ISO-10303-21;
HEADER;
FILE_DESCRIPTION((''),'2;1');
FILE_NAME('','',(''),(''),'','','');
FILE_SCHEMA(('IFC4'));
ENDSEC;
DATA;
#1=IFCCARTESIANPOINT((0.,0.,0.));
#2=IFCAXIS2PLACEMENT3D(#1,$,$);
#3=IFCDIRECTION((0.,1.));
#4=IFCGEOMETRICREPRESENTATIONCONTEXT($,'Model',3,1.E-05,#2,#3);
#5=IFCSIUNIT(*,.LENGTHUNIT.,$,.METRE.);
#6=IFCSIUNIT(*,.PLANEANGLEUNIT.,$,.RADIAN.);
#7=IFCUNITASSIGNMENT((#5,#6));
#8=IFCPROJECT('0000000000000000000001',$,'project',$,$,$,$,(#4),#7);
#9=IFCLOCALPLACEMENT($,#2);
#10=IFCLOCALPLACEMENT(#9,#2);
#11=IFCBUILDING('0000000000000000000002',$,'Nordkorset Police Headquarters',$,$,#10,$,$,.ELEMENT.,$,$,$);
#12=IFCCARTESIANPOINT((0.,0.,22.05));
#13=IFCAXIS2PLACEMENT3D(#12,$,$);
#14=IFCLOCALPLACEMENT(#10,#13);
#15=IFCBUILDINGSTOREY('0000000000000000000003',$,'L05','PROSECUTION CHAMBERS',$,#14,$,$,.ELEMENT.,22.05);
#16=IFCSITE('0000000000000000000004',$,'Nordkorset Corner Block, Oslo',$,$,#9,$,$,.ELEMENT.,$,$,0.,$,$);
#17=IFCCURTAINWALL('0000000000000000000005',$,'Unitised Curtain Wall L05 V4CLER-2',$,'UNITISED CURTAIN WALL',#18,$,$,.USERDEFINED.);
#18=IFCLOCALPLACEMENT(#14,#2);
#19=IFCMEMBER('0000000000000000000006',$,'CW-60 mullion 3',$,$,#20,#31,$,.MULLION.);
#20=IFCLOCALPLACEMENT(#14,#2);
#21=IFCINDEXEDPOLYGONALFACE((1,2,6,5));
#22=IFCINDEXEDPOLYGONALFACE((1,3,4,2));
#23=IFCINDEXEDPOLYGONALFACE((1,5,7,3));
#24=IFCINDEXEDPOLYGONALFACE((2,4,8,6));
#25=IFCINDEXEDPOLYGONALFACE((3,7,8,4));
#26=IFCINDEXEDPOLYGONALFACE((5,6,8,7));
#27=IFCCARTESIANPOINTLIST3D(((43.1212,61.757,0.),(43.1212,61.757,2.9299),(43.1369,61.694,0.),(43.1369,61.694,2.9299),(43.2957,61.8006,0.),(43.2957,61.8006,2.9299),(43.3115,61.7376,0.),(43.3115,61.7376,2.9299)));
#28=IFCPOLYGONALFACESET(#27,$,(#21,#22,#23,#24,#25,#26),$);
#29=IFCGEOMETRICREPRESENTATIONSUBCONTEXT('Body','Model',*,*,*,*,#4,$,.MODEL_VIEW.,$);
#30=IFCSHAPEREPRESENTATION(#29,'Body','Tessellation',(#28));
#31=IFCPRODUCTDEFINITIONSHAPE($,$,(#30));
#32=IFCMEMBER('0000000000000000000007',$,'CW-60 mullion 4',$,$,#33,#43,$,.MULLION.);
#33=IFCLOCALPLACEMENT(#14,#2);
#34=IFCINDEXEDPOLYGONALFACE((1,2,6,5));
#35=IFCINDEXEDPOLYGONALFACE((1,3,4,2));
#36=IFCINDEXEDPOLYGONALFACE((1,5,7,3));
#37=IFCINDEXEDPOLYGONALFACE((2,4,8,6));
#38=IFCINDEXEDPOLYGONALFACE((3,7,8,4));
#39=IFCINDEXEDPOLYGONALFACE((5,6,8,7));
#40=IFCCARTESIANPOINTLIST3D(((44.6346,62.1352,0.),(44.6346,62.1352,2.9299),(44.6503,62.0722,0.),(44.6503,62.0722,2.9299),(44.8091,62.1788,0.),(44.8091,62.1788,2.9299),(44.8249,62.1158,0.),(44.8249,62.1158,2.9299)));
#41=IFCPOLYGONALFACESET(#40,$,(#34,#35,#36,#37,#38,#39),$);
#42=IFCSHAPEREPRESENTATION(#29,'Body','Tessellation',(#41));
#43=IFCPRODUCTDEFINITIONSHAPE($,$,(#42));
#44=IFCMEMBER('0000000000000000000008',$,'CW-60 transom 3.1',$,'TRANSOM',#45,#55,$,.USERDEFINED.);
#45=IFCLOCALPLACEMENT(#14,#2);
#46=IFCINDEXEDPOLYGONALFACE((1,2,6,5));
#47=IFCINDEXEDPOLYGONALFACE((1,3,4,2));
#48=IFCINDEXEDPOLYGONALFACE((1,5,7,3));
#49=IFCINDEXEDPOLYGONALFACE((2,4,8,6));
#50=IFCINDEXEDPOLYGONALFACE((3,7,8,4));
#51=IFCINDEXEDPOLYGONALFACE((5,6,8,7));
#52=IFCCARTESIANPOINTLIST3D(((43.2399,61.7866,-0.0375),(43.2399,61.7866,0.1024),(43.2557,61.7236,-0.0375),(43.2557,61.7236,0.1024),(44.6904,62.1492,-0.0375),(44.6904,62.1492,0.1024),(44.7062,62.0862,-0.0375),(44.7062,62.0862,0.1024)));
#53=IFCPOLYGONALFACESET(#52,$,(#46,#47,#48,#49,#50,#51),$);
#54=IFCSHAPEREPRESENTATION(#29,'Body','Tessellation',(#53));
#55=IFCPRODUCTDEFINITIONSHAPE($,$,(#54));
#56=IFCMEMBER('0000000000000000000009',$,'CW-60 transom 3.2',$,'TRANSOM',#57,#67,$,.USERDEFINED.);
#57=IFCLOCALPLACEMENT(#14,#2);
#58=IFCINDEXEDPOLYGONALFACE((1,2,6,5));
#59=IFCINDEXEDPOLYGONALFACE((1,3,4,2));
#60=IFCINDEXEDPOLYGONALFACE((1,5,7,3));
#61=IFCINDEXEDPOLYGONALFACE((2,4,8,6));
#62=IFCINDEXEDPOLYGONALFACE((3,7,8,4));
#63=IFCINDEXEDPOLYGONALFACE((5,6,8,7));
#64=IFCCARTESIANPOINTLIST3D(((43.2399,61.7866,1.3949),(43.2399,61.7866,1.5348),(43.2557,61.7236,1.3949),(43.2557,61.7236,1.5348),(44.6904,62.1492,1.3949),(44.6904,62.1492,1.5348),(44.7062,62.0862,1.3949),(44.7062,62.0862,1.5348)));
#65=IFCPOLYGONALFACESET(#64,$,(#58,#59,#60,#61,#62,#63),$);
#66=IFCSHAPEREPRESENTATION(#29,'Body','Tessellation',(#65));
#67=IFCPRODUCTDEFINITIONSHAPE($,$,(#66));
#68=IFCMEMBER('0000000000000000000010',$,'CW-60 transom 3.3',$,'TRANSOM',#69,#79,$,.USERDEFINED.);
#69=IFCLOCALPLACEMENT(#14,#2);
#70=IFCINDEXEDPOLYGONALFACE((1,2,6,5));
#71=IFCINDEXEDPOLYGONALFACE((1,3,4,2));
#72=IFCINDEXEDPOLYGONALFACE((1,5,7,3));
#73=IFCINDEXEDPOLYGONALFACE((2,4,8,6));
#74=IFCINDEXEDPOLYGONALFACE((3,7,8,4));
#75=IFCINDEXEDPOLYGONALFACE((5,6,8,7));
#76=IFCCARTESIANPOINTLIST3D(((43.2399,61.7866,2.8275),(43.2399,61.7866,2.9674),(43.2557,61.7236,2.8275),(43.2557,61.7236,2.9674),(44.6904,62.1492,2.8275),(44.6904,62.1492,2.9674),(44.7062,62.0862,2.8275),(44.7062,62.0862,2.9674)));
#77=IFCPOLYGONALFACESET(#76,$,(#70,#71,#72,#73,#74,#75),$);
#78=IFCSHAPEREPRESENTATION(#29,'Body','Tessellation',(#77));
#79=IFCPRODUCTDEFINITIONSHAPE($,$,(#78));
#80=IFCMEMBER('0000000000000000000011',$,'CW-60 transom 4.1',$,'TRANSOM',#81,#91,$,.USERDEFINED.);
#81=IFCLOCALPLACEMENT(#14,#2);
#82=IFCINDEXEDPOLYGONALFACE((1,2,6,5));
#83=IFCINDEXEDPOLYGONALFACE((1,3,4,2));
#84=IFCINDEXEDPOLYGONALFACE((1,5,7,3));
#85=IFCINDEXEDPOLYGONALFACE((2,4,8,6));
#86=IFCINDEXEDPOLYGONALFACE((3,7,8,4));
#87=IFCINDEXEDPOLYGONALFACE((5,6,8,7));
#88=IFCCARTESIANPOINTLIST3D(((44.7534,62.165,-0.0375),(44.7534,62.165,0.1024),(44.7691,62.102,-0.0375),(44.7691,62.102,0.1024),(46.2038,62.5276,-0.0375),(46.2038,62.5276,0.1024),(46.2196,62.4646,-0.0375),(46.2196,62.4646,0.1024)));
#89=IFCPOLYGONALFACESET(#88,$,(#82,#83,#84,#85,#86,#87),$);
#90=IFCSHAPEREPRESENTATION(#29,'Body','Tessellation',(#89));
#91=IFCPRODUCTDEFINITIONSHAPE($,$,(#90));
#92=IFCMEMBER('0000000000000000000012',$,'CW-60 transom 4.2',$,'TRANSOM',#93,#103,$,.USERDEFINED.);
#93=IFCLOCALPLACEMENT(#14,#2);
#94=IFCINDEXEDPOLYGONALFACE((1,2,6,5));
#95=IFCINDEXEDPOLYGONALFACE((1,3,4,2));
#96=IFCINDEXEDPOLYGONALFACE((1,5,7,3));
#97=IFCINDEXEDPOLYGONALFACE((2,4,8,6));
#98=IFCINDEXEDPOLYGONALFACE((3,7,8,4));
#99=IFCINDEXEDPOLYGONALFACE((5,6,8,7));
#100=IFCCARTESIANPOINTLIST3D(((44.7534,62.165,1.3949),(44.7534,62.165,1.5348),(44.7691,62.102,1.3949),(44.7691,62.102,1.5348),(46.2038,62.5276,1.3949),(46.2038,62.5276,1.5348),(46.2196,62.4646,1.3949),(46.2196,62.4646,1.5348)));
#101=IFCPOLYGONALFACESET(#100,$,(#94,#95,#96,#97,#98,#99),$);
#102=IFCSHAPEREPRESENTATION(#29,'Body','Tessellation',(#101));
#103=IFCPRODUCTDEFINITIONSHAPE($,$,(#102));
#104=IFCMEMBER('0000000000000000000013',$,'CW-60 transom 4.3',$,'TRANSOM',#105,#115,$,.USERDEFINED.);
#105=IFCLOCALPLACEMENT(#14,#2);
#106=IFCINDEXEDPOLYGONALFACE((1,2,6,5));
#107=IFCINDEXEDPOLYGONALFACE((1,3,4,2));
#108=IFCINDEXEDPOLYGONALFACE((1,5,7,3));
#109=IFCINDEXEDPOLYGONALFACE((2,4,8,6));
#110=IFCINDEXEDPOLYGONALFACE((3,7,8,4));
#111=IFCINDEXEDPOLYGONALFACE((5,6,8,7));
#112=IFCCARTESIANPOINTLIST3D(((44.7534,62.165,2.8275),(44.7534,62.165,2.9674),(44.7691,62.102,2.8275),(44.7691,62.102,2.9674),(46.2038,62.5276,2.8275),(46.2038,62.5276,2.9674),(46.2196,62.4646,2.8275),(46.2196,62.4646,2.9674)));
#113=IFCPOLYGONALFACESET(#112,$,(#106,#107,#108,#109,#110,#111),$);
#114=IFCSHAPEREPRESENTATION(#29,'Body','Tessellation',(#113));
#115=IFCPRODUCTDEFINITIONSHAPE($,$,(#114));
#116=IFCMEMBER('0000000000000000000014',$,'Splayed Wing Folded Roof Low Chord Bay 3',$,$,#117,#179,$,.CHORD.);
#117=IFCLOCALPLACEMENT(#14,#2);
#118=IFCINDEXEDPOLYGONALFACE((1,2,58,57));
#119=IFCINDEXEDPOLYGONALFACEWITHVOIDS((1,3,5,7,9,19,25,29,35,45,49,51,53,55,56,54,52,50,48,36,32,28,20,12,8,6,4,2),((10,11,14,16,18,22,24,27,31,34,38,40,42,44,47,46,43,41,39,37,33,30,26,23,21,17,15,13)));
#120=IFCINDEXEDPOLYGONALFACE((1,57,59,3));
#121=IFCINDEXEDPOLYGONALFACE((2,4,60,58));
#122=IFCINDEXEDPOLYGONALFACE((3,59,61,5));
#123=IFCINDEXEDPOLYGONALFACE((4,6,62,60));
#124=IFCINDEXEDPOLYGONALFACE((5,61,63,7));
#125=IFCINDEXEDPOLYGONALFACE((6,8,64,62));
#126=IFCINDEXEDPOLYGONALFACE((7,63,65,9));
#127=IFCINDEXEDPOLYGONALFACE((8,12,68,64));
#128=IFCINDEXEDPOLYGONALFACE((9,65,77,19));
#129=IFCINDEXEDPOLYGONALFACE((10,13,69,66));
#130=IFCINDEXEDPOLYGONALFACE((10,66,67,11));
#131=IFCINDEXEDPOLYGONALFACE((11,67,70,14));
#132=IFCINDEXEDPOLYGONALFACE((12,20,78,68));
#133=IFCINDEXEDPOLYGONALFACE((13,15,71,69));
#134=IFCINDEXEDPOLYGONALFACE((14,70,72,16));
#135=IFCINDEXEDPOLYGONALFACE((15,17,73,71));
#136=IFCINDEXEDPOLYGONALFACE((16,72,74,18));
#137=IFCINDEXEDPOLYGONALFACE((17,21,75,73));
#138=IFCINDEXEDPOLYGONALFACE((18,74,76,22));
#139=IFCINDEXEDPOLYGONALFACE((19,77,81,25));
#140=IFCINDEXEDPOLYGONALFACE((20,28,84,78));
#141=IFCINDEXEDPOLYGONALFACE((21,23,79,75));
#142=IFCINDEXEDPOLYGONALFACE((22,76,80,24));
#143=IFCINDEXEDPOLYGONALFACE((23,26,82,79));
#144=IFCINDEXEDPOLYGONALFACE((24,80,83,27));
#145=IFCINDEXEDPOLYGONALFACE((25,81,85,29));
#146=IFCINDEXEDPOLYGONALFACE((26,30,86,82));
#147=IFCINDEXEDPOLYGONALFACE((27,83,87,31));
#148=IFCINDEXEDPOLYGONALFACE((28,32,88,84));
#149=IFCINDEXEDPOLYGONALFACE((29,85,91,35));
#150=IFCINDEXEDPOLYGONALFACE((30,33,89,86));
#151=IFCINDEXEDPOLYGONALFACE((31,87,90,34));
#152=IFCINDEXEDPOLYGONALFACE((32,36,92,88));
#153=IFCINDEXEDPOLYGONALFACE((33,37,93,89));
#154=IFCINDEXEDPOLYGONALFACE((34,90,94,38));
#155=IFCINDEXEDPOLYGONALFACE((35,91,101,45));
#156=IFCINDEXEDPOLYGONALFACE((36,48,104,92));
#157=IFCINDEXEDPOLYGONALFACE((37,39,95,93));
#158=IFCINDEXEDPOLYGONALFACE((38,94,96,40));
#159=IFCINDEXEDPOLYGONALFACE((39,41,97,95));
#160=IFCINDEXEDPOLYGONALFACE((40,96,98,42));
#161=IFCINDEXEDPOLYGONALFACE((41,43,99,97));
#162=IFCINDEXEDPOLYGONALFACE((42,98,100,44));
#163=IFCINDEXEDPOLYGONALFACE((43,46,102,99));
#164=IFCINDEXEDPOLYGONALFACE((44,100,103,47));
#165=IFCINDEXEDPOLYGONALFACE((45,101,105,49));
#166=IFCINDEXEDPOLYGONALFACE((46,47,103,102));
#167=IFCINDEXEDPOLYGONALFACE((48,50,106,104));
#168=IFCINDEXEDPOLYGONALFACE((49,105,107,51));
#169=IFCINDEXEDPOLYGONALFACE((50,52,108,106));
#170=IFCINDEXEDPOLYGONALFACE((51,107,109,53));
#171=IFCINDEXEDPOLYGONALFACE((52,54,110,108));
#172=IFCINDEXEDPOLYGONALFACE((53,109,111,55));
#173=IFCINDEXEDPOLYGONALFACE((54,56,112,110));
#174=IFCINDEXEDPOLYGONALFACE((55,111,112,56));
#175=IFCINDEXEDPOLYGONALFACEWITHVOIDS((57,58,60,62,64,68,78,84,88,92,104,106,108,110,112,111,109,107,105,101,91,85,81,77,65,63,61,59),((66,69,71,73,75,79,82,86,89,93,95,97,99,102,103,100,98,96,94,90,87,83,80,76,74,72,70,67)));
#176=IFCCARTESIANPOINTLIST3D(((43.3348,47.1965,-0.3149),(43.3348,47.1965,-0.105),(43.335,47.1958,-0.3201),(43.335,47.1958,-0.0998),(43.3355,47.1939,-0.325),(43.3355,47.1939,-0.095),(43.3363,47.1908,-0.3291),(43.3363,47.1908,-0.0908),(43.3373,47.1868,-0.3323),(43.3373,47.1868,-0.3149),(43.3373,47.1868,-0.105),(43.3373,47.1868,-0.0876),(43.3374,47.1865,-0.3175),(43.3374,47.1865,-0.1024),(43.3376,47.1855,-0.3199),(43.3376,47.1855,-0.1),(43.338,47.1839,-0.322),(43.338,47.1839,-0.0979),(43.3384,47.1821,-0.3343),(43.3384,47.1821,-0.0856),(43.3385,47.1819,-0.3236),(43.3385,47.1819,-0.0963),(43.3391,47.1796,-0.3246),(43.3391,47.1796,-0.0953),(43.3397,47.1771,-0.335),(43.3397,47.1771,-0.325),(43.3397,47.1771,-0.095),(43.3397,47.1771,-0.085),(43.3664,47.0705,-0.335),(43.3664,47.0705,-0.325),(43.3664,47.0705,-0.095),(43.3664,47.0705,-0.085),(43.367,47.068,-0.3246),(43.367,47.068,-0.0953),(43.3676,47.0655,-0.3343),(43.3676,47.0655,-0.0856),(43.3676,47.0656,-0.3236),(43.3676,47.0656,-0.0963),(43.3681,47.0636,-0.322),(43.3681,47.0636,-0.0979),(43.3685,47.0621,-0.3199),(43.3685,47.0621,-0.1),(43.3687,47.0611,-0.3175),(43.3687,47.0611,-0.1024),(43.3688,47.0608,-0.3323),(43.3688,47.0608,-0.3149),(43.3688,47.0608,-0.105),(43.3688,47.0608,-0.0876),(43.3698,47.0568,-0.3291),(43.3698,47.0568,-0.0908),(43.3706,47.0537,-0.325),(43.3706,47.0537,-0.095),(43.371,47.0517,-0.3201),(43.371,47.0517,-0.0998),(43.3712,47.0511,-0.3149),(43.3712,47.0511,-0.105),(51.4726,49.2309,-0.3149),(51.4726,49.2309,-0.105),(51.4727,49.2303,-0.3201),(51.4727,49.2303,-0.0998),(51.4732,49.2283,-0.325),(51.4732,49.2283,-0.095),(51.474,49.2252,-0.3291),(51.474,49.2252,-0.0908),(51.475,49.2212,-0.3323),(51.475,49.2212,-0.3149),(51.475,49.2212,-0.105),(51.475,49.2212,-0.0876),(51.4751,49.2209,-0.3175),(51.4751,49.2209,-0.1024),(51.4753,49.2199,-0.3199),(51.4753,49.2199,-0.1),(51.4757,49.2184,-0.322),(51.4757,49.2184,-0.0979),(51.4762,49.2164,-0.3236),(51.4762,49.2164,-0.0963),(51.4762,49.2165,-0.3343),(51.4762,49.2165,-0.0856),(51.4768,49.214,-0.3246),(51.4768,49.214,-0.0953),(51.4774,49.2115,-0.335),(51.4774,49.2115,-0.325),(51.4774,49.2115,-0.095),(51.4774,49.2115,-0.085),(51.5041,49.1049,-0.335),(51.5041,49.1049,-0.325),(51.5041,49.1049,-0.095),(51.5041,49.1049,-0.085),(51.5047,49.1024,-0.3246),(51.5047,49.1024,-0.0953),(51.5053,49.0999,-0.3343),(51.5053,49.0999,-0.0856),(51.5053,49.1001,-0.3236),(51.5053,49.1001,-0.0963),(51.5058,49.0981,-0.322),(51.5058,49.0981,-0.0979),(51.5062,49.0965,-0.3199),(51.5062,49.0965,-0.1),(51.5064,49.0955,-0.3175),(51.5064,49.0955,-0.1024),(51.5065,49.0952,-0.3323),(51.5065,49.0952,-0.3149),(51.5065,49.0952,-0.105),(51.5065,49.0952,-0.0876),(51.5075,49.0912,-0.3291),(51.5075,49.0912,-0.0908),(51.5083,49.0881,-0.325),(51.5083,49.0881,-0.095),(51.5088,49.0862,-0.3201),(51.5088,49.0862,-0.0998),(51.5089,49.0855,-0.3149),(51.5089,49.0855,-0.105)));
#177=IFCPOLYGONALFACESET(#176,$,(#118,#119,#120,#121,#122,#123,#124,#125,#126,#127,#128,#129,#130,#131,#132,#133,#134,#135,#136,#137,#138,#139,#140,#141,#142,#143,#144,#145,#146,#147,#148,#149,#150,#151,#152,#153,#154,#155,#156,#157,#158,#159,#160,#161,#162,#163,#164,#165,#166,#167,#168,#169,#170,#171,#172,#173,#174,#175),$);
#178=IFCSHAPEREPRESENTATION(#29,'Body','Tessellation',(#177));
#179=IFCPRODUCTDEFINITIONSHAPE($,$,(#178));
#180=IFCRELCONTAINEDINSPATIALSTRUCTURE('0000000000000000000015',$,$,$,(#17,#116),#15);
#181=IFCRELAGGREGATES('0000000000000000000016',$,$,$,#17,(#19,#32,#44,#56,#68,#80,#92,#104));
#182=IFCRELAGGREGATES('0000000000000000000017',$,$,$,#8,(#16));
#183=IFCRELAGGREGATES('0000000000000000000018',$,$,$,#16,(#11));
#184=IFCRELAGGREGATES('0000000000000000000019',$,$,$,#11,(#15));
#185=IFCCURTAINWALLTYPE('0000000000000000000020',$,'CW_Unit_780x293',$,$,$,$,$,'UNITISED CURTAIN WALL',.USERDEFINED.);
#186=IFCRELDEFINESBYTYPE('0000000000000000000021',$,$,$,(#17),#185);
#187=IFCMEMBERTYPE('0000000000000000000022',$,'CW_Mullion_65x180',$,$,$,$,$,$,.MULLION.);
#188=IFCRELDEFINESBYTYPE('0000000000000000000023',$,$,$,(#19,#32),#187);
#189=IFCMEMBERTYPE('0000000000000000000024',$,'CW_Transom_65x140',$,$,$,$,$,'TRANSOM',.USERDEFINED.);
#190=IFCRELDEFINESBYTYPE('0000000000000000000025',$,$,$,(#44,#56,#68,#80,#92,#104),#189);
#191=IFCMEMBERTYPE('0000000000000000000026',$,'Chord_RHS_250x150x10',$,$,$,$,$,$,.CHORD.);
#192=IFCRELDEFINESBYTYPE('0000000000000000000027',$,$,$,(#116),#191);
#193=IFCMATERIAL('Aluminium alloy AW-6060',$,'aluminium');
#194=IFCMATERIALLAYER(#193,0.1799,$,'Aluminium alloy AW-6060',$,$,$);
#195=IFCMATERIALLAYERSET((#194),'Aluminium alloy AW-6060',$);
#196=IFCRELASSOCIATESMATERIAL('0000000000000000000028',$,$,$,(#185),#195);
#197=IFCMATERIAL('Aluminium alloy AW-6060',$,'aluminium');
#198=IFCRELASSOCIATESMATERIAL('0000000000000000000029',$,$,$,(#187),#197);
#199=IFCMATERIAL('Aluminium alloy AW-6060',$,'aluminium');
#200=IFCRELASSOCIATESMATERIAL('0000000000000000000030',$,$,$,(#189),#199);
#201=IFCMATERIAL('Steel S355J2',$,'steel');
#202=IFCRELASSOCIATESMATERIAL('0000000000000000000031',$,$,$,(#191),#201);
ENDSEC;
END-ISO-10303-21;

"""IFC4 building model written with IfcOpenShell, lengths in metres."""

from ifc_helpers import new_model, si_unit, direction, frame, origin, origin_2d, place, context, subcontext, project, spatial, rectangle, hollow_rectangle, extrude, material, layer, layer_set, material_profile, profile_set, type_object, element, aggregate, save


model = new_model("IFC4")

# Units and contexts
model_context = context("Model", 3, precision=1e-05, world=origin(), true_north=direction((0.0, 1.0)))
body_context = subcontext(model_context, "Body", "Model", "MODEL_VIEW")
ifc_project = project(units=[si_unit("LENGTHUNIT", "METRE"), si_unit("PLANEANGLEUNIT", "RADIAN")], contexts=[model_context])

# Site, building, storey
site_placement = place(None, origin())
site = spatial("IfcSite", under=ifc_project, at=site_placement, Name="Nordkorset Corner Block, Oslo", CompositionType="ELEMENT", RefElevation=0.0)
building_placement = place(site_placement, origin())
building = spatial("IfcBuilding", under=site, at=building_placement, Name="Nordkorset Police Headquarters", CompositionType="ELEMENT")
storey_placement = place(building_placement, frame((0.0, 0.0, 22.05)))
storey = spatial("IfcBuildingStorey", under=building, at=storey_placement, Name="L05", Description="PROSECUTION CHAMBERS", CompositionType="ELEMENT", Elevation=22.05)

# Curtain wall, members
ifc_material_1 = material(Name="Aluminium alloy AW-6060", Category="aluminium")
ifc_layer_1 = layer(ifc_material_1, 0.1799, Name="Aluminium alloy AW-6060")
ifc_layer_set_1 = layer_set([ifc_layer_1], Name="Aluminium alloy AW-6060")
curtain_wall_type = type_object("IfcCurtainWallType", Name="CW_Unit_780x293", ElementType="UNITISED CURTAIN WALL", PredefinedType="USERDEFINED", material=ifc_layer_set_1)
curtain_wall_placement = place(storey_placement, origin())
curtain_wall = element("IfcCurtainWall", 1, at=curtain_wall_placement, inside=storey, type_object=curtain_wall_type, Name="Unitised Curtain Wall L05 V4CLER-2", ObjectType="UNITISED CURTAIN WALL", PredefinedType="USERDEFINED")
ifc_material_2 = material(Name="Aluminium alloy AW-6060", Category="aluminium")
ifc_material_profile_1 = material_profile(ifc_material_2, rectangle(XDim=0.0649, YDim=0.1799, at=origin_2d()), Name="ALU MULL 65x180")
ifc_profile_set_1 = profile_set([ifc_material_profile_1], Name="Aluminium alloy AW-6060")
member_type_1 = type_object("IfcMemberType", Name="CW_Mullion_65x180", PredefinedType="MULLION", material=ifc_profile_set_1)
member_1_placement = place(storey_placement, frame((43.2163, 61.7473, 0.0), z_axis=(0.0, 0.0, 1.0), x_axis=(-0.242536, 0.970142, 0.0)))
member_1 = element("IfcMember", 2, at=member_1_placement, type_object=member_type_1, Name="CW-60 mullion 3", PredefinedType="MULLION", context=body_context, shape_type="SweptSolid", body=[
    extrude(rectangle(XDim=0.0649, YDim=0.1799, at=origin_2d()), origin(), (0.0, 0.0, 1.0), 2.9299),
])
member_2_placement = place(storey_placement, frame((44.7297, 62.1255, 0.0), z_axis=(0.0, 0.0, 1.0), x_axis=(-0.242536, 0.970142, 0.0)))
member_2 = element("IfcMember", 3, at=member_2_placement, type_object=member_type_1, Name="CW-60 mullion 4", PredefinedType="MULLION", context=body_context, shape_type="SweptSolid", body=[
    extrude(rectangle(XDim=0.0649, YDim=0.1799, at=origin_2d()), origin(), (0.0, 0.0, 1.0), 2.9299),
])
ifc_material_3 = material(Name="Aluminium alloy AW-6060", Category="aluminium")
ifc_material_profile_2 = material_profile(ifc_material_3, rectangle(XDim=0.0649, YDim=0.1399, at=origin_2d()), Name="ALU TRAN 65x140")
ifc_profile_set_2 = profile_set([ifc_material_profile_2], Name="Aluminium alloy AW-6060")
member_type_2 = type_object("IfcMemberType", Name="CW_Transom_65x140", ElementType="TRANSOM", PredefinedType="USERDEFINED", material=ifc_profile_set_2)
member_3_placement = place(storey_placement, frame((43.2478, 61.7551, 0.0325), z_axis=(0.970152, 0.242497, 0.0), x_axis=(-0.242497, 0.970152, 0.0)))
member_3 = element("IfcMember", 4, at=member_3_placement, type_object=member_type_2, Name="CW-60 transom 3.1", ObjectType="TRANSOM", PredefinedType="USERDEFINED", context=body_context, shape_type="SweptSolid", body=[
    extrude(rectangle(XDim=0.0649, YDim=0.1399, at=origin_2d()), origin(), (0.0, 0.0, 1.0), 1.4951),
])
member_4_placement = place(storey_placement, frame((43.2478, 61.7551, 1.4648), z_axis=(0.970152, 0.242497, 0.0), x_axis=(-0.242497, 0.970152, 0.0)))
member_4 = element("IfcMember", 5, at=member_4_placement, type_object=member_type_2, Name="CW-60 transom 3.2", ObjectType="TRANSOM", PredefinedType="USERDEFINED", context=body_context, shape_type="SweptSolid", body=[
    extrude(rectangle(XDim=0.0649, YDim=0.1399, at=origin_2d()), origin(), (0.0, 0.0, 1.0), 1.4951),
])
member_5_placement = place(storey_placement, frame((43.2478, 61.7551, 2.8975), z_axis=(0.970152, 0.242497, 0.0), x_axis=(-0.242497, 0.970152, 0.0)))
member_5 = element("IfcMember", 6, at=member_5_placement, type_object=member_type_2, Name="CW-60 transom 3.3", ObjectType="TRANSOM", PredefinedType="USERDEFINED", context=body_context, shape_type="SweptSolid", body=[
    extrude(rectangle(XDim=0.0649, YDim=0.1399, at=origin_2d()), origin(), (0.0, 0.0, 1.0), 1.4951),
])
member_6_placement = place(storey_placement, frame((44.7612, 62.1335, 0.0325), z_axis=(0.970152, 0.242497, 0.0), x_axis=(-0.242497, 0.970152, 0.0)))
member_6 = element("IfcMember", 7, at=member_6_placement, type_object=member_type_2, Name="CW-60 transom 4.1", ObjectType="TRANSOM", PredefinedType="USERDEFINED", context=body_context, shape_type="SweptSolid", body=[
    extrude(rectangle(XDim=0.0649, YDim=0.1399, at=origin_2d()), origin(), (0.0, 0.0, 1.0), 1.4951),
])
member_7_placement = place(storey_placement, frame((44.7612, 62.1335, 1.4648), z_axis=(0.970152, 0.242497, 0.0), x_axis=(-0.242497, 0.970152, 0.0)))
member_7 = element("IfcMember", 8, at=member_7_placement, type_object=member_type_2, Name="CW-60 transom 4.2", ObjectType="TRANSOM", PredefinedType="USERDEFINED", context=body_context, shape_type="SweptSolid", body=[
    extrude(rectangle(XDim=0.0649, YDim=0.1399, at=origin_2d()), origin(), (0.0, 0.0, 1.0), 1.4951),
])
member_8_placement = place(storey_placement, frame((44.7612, 62.1335, 2.8975), z_axis=(0.970152, 0.242497, 0.0), x_axis=(-0.242497, 0.970152, 0.0)))
member_8 = element("IfcMember", 9, at=member_8_placement, type_object=member_type_2, Name="CW-60 transom 4.3", ObjectType="TRANSOM", PredefinedType="USERDEFINED", context=body_context, shape_type="SweptSolid", body=[
    extrude(rectangle(XDim=0.0649, YDim=0.1399, at=origin_2d()), origin(), (0.0, 0.0, 1.0), 1.4951),
])

# Member
ifc_material_4 = material(Name="Steel S355J2", Category="steel")
ifc_material_profile_3 = material_profile(ifc_material_4, hollow_rectangle(XDim=0.1499, YDim=0.25, WallThickness=0.01, InnerFilletRadius=0.01, OuterFilletRadius=0.02, at=origin_2d()), Name="RHS 250x150x10")
ifc_profile_set_3 = profile_set([ifc_material_profile_3], Name="Steel S355J2")
member_type_3 = type_object("IfcMemberType", Name="Chord_RHS_250x150x10", PredefinedType="CHORD", material=ifc_profile_set_3)
member_9_placement = place(storey_placement, frame((43.353, 47.1238, -0.21), z_axis=(0.970143, 0.242536, 0.0), x_axis=(-0.242536, 0.970143, 0.0)))
element("IfcMember", 10, at=member_9_placement, inside=storey, type_object=member_type_3, Name="Splayed Wing Folded Roof Low Chord Bay 3", PredefinedType="CHORD", context=body_context, shape_type="SweptSolid", body=[
    extrude(hollow_rectangle(XDim=0.1499, YDim=0.25, WallThickness=0.01, InnerFilletRadius=0.01, OuterFilletRadius=0.02, at=origin_2d()), origin(), (0.0, 0.0, 1.0), 8.3882),
])

aggregate(curtain_wall, [member_1, member_2, member_3, member_4, member_5, member_6, member_7, member_8])

save(model, "model.ifc")
